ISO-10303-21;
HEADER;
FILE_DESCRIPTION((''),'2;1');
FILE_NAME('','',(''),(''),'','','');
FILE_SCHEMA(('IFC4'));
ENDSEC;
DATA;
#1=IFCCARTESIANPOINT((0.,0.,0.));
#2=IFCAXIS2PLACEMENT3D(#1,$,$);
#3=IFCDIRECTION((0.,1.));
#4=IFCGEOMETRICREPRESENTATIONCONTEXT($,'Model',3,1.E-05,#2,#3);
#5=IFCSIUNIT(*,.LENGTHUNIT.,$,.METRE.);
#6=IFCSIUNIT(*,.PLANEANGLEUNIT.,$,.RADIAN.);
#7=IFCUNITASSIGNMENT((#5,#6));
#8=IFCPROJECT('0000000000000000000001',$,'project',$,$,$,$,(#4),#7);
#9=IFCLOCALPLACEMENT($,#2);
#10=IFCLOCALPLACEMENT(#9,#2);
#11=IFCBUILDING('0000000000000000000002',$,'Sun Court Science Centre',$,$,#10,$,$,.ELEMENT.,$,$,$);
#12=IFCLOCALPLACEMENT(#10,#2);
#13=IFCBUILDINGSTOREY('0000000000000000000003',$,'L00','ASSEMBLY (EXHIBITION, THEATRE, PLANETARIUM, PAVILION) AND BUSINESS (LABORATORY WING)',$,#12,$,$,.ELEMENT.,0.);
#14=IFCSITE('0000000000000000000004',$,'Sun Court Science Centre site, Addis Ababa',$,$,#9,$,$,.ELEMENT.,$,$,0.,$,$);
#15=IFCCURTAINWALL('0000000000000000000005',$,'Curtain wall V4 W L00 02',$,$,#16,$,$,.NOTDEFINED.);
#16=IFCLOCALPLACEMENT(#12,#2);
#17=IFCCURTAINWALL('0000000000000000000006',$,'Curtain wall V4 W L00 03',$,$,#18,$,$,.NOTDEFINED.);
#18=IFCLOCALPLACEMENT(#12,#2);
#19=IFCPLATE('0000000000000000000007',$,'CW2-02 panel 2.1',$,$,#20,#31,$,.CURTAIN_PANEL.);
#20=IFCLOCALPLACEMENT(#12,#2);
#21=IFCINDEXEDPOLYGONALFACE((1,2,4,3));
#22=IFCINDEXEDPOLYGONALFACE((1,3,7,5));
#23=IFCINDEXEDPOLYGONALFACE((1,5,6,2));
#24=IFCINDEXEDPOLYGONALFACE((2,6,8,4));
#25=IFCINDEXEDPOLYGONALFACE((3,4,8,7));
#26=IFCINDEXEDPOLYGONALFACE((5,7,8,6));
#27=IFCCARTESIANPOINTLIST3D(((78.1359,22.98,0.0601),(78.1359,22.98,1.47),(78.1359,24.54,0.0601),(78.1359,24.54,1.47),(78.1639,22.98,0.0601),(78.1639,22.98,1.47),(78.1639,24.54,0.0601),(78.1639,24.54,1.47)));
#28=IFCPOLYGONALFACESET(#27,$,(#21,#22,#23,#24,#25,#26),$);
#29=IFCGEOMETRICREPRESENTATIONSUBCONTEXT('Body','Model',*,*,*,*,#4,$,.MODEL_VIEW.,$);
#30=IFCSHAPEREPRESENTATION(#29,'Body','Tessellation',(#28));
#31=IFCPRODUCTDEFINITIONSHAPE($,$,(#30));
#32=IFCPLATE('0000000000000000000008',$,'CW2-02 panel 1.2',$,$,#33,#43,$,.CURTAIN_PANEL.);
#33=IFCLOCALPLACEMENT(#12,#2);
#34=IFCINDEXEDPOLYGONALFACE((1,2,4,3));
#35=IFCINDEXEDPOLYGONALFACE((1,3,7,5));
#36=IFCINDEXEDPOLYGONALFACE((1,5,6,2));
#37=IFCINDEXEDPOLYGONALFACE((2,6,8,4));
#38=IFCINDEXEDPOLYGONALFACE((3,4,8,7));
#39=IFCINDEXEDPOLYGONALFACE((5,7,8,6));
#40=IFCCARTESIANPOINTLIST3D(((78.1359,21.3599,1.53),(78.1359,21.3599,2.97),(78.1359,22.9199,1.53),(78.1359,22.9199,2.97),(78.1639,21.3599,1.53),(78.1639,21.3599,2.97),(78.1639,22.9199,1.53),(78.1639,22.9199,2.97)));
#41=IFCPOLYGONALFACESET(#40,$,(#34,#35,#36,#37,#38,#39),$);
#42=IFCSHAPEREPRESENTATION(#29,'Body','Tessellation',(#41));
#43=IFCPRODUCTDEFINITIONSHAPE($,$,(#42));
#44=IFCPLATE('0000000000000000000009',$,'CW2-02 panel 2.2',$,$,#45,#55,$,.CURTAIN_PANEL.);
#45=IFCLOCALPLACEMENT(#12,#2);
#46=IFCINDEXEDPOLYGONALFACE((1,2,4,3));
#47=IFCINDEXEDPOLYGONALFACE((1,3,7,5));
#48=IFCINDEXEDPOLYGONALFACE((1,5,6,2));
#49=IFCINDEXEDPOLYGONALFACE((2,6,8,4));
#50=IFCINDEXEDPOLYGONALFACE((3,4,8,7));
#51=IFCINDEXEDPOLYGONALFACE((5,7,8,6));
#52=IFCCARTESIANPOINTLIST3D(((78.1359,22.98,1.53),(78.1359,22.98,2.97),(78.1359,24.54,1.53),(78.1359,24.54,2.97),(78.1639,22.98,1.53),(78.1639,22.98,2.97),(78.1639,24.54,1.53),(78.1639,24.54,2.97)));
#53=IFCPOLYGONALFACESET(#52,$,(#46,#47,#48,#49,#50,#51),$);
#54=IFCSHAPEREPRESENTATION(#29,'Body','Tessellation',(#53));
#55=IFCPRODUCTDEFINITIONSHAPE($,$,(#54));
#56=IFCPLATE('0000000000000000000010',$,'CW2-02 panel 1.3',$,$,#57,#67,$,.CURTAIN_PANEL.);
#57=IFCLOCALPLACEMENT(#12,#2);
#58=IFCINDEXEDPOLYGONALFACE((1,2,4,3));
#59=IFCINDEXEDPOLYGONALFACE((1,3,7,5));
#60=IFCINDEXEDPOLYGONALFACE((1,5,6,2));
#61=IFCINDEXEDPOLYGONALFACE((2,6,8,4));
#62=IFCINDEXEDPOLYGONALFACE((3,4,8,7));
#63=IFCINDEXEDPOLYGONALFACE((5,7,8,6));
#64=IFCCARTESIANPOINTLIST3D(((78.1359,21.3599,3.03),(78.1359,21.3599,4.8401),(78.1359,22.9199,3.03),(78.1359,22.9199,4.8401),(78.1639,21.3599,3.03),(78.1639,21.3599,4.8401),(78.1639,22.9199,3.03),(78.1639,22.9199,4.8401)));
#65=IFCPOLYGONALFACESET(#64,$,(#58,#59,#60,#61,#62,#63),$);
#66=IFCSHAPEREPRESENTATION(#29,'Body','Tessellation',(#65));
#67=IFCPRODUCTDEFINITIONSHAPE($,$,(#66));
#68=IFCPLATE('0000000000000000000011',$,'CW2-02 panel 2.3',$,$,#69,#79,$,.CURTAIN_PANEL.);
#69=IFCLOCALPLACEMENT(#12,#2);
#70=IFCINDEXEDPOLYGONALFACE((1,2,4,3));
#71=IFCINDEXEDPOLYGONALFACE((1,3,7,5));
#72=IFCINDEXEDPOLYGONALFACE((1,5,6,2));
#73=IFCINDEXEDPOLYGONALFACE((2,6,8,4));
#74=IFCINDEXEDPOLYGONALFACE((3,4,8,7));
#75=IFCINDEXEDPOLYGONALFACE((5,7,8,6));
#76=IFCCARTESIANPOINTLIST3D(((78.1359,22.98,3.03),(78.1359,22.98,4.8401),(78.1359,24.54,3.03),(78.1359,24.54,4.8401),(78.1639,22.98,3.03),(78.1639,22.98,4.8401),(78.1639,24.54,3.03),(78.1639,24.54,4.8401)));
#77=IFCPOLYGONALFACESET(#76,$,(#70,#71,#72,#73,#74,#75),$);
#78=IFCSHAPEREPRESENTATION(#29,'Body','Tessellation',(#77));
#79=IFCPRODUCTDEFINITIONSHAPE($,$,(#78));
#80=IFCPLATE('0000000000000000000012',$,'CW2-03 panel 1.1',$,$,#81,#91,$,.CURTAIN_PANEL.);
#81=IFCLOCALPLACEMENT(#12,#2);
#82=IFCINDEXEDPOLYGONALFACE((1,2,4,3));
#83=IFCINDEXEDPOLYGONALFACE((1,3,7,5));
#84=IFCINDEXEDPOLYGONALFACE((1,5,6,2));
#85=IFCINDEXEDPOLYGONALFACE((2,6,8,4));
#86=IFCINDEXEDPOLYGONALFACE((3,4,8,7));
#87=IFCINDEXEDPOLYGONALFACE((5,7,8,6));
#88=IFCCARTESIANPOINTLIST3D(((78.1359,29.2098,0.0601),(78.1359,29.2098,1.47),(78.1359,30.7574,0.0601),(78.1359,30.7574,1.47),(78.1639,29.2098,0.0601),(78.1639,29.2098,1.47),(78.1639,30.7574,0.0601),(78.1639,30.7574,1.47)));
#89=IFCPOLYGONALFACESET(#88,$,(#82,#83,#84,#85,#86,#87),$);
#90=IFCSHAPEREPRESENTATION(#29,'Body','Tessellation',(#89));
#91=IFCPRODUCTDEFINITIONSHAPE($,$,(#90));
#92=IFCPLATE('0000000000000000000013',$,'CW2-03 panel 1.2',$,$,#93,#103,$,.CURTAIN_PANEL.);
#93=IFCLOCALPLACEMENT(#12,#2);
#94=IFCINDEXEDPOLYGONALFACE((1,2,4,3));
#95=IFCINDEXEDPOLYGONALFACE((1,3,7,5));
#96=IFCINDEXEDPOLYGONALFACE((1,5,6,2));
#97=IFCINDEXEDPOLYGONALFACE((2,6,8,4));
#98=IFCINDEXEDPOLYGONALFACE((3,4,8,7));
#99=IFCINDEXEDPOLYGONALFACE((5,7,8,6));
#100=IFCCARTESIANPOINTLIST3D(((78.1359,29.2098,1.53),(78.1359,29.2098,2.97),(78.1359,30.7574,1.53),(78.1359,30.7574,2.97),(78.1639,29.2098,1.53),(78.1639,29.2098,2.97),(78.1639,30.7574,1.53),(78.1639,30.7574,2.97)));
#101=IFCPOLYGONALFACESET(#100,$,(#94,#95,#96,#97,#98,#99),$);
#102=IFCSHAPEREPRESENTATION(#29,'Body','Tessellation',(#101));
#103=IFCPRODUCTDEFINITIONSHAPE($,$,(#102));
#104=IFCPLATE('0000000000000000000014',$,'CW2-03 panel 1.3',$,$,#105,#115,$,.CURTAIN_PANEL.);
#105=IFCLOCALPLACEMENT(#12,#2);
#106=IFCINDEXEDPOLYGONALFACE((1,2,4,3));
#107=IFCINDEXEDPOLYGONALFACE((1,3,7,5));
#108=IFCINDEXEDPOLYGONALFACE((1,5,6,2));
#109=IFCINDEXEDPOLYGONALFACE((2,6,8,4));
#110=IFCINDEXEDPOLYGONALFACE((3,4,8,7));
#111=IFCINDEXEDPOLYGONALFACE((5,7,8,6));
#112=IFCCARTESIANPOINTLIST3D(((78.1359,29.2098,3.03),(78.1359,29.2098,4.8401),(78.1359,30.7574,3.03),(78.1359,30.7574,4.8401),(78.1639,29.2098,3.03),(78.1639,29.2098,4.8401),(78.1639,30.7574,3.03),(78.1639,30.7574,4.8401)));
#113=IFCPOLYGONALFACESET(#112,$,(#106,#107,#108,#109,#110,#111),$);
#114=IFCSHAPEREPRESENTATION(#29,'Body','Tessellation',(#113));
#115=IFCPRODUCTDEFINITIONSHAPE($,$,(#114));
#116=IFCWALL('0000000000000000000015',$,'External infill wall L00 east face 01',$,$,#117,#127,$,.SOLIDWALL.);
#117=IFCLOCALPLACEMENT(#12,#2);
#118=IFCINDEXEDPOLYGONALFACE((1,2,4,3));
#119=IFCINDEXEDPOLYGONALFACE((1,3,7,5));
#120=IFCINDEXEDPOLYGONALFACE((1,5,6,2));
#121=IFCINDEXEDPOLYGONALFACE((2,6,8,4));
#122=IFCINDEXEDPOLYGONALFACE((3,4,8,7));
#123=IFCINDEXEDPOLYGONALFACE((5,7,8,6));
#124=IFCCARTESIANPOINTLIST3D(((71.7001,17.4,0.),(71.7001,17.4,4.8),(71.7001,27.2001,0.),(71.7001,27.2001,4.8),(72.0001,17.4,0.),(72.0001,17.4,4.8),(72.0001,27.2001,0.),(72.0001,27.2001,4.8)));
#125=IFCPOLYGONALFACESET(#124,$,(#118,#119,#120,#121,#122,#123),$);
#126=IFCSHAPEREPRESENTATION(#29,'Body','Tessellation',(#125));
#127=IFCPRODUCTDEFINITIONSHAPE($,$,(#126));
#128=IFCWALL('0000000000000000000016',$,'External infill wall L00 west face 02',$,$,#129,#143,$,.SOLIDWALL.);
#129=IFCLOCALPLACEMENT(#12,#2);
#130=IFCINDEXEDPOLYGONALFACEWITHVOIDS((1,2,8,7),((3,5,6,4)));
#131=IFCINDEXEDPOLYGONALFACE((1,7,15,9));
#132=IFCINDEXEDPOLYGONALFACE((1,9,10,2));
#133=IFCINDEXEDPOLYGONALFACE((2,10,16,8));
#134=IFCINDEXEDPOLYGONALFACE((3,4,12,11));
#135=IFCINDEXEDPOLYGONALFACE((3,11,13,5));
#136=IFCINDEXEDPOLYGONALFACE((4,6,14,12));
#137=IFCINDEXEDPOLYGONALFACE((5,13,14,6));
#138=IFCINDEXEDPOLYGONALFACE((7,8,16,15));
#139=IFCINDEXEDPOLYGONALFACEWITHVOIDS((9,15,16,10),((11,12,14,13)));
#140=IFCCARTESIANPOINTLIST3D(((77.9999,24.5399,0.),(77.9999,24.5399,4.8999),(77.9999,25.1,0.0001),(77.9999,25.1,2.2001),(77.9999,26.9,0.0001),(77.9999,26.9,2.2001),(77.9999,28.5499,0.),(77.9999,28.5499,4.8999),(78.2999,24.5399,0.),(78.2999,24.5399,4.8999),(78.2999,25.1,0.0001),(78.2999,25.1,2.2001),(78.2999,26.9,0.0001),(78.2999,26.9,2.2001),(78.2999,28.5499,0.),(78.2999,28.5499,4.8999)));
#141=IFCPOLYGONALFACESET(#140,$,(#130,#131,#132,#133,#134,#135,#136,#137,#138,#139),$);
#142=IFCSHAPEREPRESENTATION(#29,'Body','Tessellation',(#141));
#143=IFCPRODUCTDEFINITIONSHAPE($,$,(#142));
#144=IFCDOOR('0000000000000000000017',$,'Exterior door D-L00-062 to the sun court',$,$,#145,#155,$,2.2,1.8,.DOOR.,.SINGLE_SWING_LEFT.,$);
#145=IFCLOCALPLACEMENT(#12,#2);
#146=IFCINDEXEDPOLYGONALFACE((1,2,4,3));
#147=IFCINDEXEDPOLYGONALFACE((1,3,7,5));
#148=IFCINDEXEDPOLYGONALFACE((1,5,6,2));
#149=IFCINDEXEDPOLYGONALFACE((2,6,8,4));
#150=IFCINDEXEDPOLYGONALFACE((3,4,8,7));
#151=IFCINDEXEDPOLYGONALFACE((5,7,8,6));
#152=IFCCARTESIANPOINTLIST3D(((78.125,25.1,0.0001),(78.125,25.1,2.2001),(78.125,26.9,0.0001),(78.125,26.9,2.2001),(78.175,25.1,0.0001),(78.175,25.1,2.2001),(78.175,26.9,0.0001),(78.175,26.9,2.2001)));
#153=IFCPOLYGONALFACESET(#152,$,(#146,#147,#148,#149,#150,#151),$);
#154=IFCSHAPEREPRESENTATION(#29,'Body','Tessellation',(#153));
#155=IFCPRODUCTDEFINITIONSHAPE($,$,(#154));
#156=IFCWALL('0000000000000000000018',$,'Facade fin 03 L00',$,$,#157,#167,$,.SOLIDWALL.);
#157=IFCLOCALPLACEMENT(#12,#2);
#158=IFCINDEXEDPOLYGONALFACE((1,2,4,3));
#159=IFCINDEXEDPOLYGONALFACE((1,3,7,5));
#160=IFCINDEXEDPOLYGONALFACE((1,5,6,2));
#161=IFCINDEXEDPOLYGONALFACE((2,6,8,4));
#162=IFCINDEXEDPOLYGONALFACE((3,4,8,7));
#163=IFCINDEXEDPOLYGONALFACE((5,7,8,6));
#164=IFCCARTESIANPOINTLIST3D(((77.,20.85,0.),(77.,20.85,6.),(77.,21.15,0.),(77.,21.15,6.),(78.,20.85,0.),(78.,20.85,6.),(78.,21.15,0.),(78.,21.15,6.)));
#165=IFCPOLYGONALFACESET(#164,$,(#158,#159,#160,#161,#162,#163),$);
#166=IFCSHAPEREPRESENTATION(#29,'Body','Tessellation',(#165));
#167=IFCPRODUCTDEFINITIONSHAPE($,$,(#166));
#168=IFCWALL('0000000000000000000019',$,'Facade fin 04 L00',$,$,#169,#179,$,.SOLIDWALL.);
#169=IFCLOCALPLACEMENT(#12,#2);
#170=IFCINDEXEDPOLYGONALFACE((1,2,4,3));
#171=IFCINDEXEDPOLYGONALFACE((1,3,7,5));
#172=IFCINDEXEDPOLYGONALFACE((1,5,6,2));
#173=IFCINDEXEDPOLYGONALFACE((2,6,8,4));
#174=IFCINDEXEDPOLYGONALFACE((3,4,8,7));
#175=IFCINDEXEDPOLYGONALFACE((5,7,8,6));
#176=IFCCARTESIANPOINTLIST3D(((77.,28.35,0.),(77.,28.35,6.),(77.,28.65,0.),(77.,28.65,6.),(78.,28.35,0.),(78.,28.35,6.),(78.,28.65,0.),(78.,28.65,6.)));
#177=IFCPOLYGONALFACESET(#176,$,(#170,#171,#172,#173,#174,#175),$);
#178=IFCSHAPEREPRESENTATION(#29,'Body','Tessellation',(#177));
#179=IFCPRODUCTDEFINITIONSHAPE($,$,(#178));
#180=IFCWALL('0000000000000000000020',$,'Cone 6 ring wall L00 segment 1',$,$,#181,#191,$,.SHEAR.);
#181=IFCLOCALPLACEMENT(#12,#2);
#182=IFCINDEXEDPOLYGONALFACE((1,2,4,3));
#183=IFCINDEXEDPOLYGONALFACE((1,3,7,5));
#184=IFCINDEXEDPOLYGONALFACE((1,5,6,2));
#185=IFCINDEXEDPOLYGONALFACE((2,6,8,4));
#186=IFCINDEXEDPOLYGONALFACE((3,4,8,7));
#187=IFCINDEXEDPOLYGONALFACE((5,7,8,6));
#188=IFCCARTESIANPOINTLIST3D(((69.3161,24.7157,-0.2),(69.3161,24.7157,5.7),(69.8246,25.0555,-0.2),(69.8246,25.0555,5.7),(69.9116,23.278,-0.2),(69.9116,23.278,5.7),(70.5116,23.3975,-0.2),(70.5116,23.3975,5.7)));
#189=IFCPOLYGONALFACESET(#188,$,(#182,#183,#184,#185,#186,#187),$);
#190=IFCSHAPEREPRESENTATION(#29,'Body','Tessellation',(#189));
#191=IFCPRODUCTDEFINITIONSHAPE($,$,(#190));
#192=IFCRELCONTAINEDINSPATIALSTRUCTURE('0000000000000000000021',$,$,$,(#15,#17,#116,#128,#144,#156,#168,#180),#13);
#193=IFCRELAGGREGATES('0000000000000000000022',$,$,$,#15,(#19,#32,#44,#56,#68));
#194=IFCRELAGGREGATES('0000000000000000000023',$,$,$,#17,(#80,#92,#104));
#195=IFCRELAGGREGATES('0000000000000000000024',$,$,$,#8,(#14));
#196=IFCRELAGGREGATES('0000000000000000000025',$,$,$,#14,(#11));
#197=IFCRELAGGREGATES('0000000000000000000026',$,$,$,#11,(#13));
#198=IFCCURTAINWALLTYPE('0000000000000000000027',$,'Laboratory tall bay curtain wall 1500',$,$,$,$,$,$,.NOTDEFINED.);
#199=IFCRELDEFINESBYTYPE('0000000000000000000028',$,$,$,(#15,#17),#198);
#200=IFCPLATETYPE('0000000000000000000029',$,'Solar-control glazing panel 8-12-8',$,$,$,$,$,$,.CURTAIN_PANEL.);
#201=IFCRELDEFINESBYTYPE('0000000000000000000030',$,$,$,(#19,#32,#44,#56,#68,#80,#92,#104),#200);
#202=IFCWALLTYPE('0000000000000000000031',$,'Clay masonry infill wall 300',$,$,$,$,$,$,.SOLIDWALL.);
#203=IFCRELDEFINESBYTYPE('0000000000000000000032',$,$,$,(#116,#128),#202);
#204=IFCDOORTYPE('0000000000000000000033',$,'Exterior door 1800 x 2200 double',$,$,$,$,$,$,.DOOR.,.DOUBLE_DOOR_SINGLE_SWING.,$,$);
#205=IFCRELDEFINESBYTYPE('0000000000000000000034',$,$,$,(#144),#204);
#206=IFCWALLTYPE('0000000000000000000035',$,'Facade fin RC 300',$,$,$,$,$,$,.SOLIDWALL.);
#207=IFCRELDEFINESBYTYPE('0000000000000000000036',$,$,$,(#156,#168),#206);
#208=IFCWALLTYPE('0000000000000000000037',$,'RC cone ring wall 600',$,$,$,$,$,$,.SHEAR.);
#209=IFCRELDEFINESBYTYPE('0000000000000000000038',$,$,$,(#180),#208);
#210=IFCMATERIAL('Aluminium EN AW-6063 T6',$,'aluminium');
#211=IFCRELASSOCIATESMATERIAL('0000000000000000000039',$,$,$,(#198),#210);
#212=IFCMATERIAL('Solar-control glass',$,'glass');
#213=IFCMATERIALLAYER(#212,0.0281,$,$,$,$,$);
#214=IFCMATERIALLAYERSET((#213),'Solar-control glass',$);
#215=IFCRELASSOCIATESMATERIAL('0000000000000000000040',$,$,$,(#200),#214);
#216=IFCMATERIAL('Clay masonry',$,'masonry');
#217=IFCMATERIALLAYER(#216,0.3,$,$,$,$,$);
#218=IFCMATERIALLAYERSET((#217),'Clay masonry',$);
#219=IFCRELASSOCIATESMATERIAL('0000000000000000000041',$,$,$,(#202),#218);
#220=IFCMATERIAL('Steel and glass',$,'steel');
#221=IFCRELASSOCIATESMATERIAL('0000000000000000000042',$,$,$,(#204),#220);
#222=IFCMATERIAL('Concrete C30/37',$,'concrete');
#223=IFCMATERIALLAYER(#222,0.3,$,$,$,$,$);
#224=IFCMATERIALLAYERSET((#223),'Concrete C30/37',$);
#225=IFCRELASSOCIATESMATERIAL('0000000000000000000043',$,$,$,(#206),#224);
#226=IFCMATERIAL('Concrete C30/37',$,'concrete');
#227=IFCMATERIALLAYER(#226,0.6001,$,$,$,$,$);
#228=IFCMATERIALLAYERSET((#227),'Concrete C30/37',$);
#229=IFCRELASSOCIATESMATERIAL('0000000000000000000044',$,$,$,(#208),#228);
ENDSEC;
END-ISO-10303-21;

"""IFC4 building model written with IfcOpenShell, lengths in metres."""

from ifc_helpers import new_model, si_unit, direction, frame, frame_2d, origin, origin_2d, place, context, subcontext, project, spatial, polyline, rectangle, outline, extrude, material, layer, layer_set, type_object, element, fill, aggregate, save


model = new_model("IFC4")

# Units and contexts
model_context = context("Model", 3, precision=1e-05, world=origin(), true_north=direction((0.0, 1.0)))
body_context = subcontext(model_context, "Body", "Model", "MODEL_VIEW")
ifc_project = project(units=[si_unit("LENGTHUNIT", "METRE"), si_unit("PLANEANGLEUNIT", "RADIAN")], contexts=[model_context])

# Site, building, storey
site_placement = place(None, origin())
site = spatial("IfcSite", under=ifc_project, at=site_placement, Name="Sun Court Science Centre site, Addis Ababa", CompositionType="ELEMENT", RefElevation=0.0)
building_placement = place(site_placement, origin())
building = spatial("IfcBuilding", under=site, at=building_placement, Name="Sun Court Science Centre", CompositionType="ELEMENT")
storey_placement = place(building_placement, origin())
storey = spatial("IfcBuildingStorey", under=building, at=storey_placement, Name="L00", Description="ASSEMBLY (EXHIBITION, THEATRE, PLANETARIUM, PAVILION) AND BUSINESS (LABORATORY WING)", CompositionType="ELEMENT", Elevation=0.0)

# Shared definitions
ifc_material_1 = material(Name="Aluminium EN AW-6063 T6", Category="aluminium")
curtain_wall_type = type_object("IfcCurtainWallType", Name="Laboratory tall bay curtain wall 1500", PredefinedType="NOTDEFINED", material=ifc_material_1)

# Curtain walls
curtain_wall_1_placement = place(storey_placement, origin())
curtain_wall_1 = element("IfcCurtainWall", 1, at=curtain_wall_1_placement, inside=storey, type_object=curtain_wall_type, Name="Curtain wall V4 W L00 02", PredefinedType="NOTDEFINED")
curtain_wall_2_placement = place(storey_placement, origin())
curtain_wall_2 = element("IfcCurtainWall", 2, at=curtain_wall_2_placement, inside=storey, type_object=curtain_wall_type, Name="Curtain wall V4 W L00 03", PredefinedType="NOTDEFINED")

# Plates
ifc_material_2 = material(Name="Solar-control glass", Category="glass")
ifc_layer_1 = layer(ifc_material_2, 0.0281)
ifc_layer_set_1 = layer_set([ifc_layer_1], Name="Solar-control glass")
plate_type = type_object("IfcPlateType", Name="Solar-control glazing panel 8-12-8", PredefinedType="CURTAIN_PANEL", material=ifc_layer_set_1)
plate_1_placement = place(storey_placement, frame((78.1499, 23.76, 0.0601), z_axis=(0.0, 0.0, 1.0), x_axis=(0.0, 1.0, 0.0)))
plate_1 = element("IfcPlate", 3, at=plate_1_placement, type_object=plate_type, Name="CW2-02 panel 2.1", PredefinedType="CURTAIN_PANEL", context=body_context, shape_type="SweptSolid", body=[
    extrude(rectangle(XDim=1.5601, YDim=0.0281, at=origin_2d()), origin(), (0.0, 0.0, 1.0), 1.4099),
])
plate_2_placement = place(storey_placement, frame((78.1499, 22.1399, 1.53), z_axis=(0.0, 0.0, 1.0), x_axis=(0.0, 1.0, 0.0)))
plate_2 = element("IfcPlate", 4, at=plate_2_placement, type_object=plate_type, Name="CW2-02 panel 1.2", PredefinedType="CURTAIN_PANEL", context=body_context, shape_type="SweptSolid", body=[
    extrude(rectangle(XDim=1.5601, YDim=0.0281, at=origin_2d()), origin(), (0.0, 0.0, 1.0), 1.4399),
])
plate_3_placement = place(storey_placement, frame((78.1499, 23.76, 1.53), z_axis=(0.0, 0.0, 1.0), x_axis=(0.0, 1.0, 0.0)))
plate_3 = element("IfcPlate", 5, at=plate_3_placement, type_object=plate_type, Name="CW2-02 panel 2.2", PredefinedType="CURTAIN_PANEL", context=body_context, shape_type="SweptSolid", body=[
    extrude(rectangle(XDim=1.5601, YDim=0.0281, at=origin_2d()), origin(), (0.0, 0.0, 1.0), 1.4399),
])
plate_4_placement = place(storey_placement, frame((78.1499, 22.1399, 3.03), z_axis=(0.0, 0.0, 1.0), x_axis=(0.0, 1.0, 0.0)))
plate_4 = element("IfcPlate", 6, at=plate_4_placement, type_object=plate_type, Name="CW2-02 panel 1.3", PredefinedType="CURTAIN_PANEL", context=body_context, shape_type="SweptSolid", body=[
    extrude(rectangle(XDim=1.5601, YDim=0.0281, at=origin_2d()), origin(), (0.0, 0.0, 1.0), 1.8101),
])
plate_5_placement = place(storey_placement, frame((78.1499, 23.76, 3.03), z_axis=(0.0, 0.0, 1.0), x_axis=(0.0, 1.0, 0.0)))
plate_5 = element("IfcPlate", 7, at=plate_5_placement, type_object=plate_type, Name="CW2-02 panel 2.3", PredefinedType="CURTAIN_PANEL", context=body_context, shape_type="SweptSolid", body=[
    extrude(rectangle(XDim=1.5601, YDim=0.0281, at=origin_2d()), origin(), (0.0, 0.0, 1.0), 1.8101),
])
aggregate(curtain_wall_1, [plate_1, plate_2, plate_3, plate_4, plate_5])
plate_6_placement = place(storey_placement, frame((78.1499, 29.9836, 0.0601), z_axis=(0.0, 0.0, 1.0), x_axis=(0.0, 1.0, 0.0)))
plate_6 = element("IfcPlate", 8, at=plate_6_placement, type_object=plate_type, Name="CW2-03 panel 1.1", PredefinedType="CURTAIN_PANEL", context=body_context, shape_type="SweptSolid", body=[
    extrude(rectangle(XDim=1.5476, YDim=0.0281, at=origin_2d()), origin(), (0.0, 0.0, 1.0), 1.4099),
])
plate_7_placement = place(storey_placement, frame((78.1499, 29.9836, 1.53), z_axis=(0.0, 0.0, 1.0), x_axis=(0.0, 1.0, 0.0)))
plate_7 = element("IfcPlate", 9, at=plate_7_placement, type_object=plate_type, Name="CW2-03 panel 1.2", PredefinedType="CURTAIN_PANEL", context=body_context, shape_type="SweptSolid", body=[
    extrude(rectangle(XDim=1.5476, YDim=0.0281, at=origin_2d()), origin(), (0.0, 0.0, 1.0), 1.4399),
])
plate_8_placement = place(storey_placement, frame((78.1499, 29.9836, 3.03), z_axis=(0.0, 0.0, 1.0), x_axis=(0.0, 1.0, 0.0)))
plate_8 = element("IfcPlate", 10, at=plate_8_placement, type_object=plate_type, Name="CW2-03 panel 1.3", PredefinedType="CURTAIN_PANEL", context=body_context, shape_type="SweptSolid", body=[
    extrude(rectangle(XDim=1.5476, YDim=0.0281, at=origin_2d()), origin(), (0.0, 0.0, 1.0), 1.8101),
])
aggregate(curtain_wall_2, [plate_6, plate_7, plate_8])

# Wall
ifc_material_3 = material(Name="Clay masonry", Category="masonry")
ifc_layer_2 = layer(ifc_material_3, 0.3)
ifc_layer_set_2 = layer_set([ifc_layer_2], Name="Clay masonry")
wall_type_1 = type_object("IfcWallType", Name="Clay masonry infill wall 300", PredefinedType="SOLIDWALL", material=ifc_layer_set_2)
wall_1_placement = place(storey_placement, frame((71.8501, 27.2, 0.0), z_axis=(0.0, 0.0, 1.0), x_axis=(0.0, -1.0, 0.0)))
element("IfcWall", 11, at=wall_1_placement, inside=storey, type_object=wall_type_1, Name="External infill wall L00 east face 01", PredefinedType="SOLIDWALL", context=body_context, shape_type="SweptSolid", body=[
    extrude(rectangle(XDim=9.8, YDim=0.3, at=frame_2d((4.8999, 0.0))), origin(), (0.0, 0.0, 1.0), 4.8),
])

# Wall, opening, door
wall_2_placement = place(storey_placement, frame((78.1499, 24.54, 0.0), z_axis=(0.0, 0.0, 1.0), x_axis=(0.0, 1.0, 0.0)))
wall_2 = element("IfcWall", 12, at=wall_2_placement, inside=storey, type_object=wall_type_1, Name="External infill wall L00 west face 02", PredefinedType="SOLIDWALL", context=body_context, shape_type="SweptSolid", body=[
    extrude(rectangle(XDim=4.01, YDim=0.3, at=frame_2d((2.0049, 0.0))), origin(), (0.0, 0.0, 1.0), 4.8999),
])
opening_placement = place(wall_2_placement, frame((0.5601, 0.0, 0.0)))
opening = element("IfcOpeningElement", 13, at=opening_placement, cuts=wall_2, PredefinedType="OPENING", context=body_context, shape_type="SweptSolid", body=[
    extrude(rectangle(XDim=1.8, YDim=2.2, at=frame_2d((0.8999, 1.1001))), frame((0.0, 0.1599, 0.0), z_axis=(0.0, -1.0, 0.0), x_axis=(1.0, 0.0, 0.0)), (0.0, 0.0, 1.0), 0.3201),
])
ifc_material_4 = material(Name="Steel and glass", Category="steel")
door_type = type_object("IfcDoorType", Name="Exterior door 1800 x 2200 double", OperationType="DOUBLE_DOOR_SINGLE_SWING", PredefinedType="DOOR", material=ifc_material_4)
door_placement = place(opening_placement, origin())
door = element("IfcDoor", 14, at=door_placement, inside=storey, type_object=door_type, Name="Exterior door D-L00-062 to the sun court", OperationType="SINGLE_SWING_LEFT", OverallHeight=2.2, OverallWidth=1.8, PredefinedType="DOOR", context=body_context, shape_type="SweptSolid", body=[
    extrude(rectangle(XDim=1.8, YDim=2.2, at=frame_2d((0.8999, 1.1001))), frame((0.0, 0.0249, 0.0), z_axis=(0.0, -1.0, 0.0), x_axis=(1.0, 0.0, 0.0)), (0.0, 0.0, 1.0), 0.05),
])
fill(opening, door)

# Walls
ifc_material_5 = material(Name="Concrete C30/37", Category="concrete")
ifc_layer_3 = layer(ifc_material_5, 0.3)
ifc_layer_set_3 = layer_set([ifc_layer_3], Name="Concrete C30/37")
wall_type_2 = type_object("IfcWallType", Name="Facade fin RC 300", PredefinedType="SOLIDWALL", material=ifc_layer_set_3)
for number, where, z_axis, x_axis, name in (
    (15, (77.0, 21.0, 0.0), (0.0, 0.0, 1.0), (1.0, 0.0, 0.0), "Facade fin 03 L00"),
    (16, (77.0, 28.5, 0.0), (0.0, 0.0, 1.0), (1.0, 0.0, 0.0), "Facade fin 04 L00"),
):
    element("IfcWall", number, at=place(storey_placement, frame(where, z_axis=z_axis, x_axis=x_axis)), inside=storey, type_object=wall_type_2, Name=name, PredefinedType="SOLIDWALL", context=body_context, shape_type="SweptSolid", body=[
        extrude(rectangle(XDim=1.0, YDim=0.3, at=frame_2d((0.5, 0.0))), origin(), (0.0, 0.0, 1.0), 6.0),
    ])
ifc_material_6 = material(Name="Concrete C30/37", Category="concrete")
ifc_layer_4 = layer(ifc_material_6, 0.6001)
ifc_layer_set_4 = layer_set([ifc_layer_4], Name="Concrete C30/37")
wall_type_3 = type_object("IfcWallType", Name="RC cone ring wall 600", PredefinedType="SHEAR", material=ifc_layer_set_4)
wall_3_placement = place(storey_placement, frame((70.2344, 23.2827, -0.2), z_axis=(0.0, 0.0, 1.0), x_axis=(-0.382644, 0.923896, 0.0)))
element("IfcWall", 17, at=wall_3_placement, inside=storey, type_object=wall_type_3, Name="Cone 6 ring wall L00 segment 1", PredefinedType="SHEAR", context=body_context, shape_type="SweptSolid", body=[
    extrude(outline(polyline([(0.0, -0.3), (1.7947, -0.2998), (1.6753, 0.3), (0.1191, 0.3), (0.0, -0.3)])), origin(), (0.0, 0.0, 1.0), 5.8999),
])

save(model, "model.ifc")
